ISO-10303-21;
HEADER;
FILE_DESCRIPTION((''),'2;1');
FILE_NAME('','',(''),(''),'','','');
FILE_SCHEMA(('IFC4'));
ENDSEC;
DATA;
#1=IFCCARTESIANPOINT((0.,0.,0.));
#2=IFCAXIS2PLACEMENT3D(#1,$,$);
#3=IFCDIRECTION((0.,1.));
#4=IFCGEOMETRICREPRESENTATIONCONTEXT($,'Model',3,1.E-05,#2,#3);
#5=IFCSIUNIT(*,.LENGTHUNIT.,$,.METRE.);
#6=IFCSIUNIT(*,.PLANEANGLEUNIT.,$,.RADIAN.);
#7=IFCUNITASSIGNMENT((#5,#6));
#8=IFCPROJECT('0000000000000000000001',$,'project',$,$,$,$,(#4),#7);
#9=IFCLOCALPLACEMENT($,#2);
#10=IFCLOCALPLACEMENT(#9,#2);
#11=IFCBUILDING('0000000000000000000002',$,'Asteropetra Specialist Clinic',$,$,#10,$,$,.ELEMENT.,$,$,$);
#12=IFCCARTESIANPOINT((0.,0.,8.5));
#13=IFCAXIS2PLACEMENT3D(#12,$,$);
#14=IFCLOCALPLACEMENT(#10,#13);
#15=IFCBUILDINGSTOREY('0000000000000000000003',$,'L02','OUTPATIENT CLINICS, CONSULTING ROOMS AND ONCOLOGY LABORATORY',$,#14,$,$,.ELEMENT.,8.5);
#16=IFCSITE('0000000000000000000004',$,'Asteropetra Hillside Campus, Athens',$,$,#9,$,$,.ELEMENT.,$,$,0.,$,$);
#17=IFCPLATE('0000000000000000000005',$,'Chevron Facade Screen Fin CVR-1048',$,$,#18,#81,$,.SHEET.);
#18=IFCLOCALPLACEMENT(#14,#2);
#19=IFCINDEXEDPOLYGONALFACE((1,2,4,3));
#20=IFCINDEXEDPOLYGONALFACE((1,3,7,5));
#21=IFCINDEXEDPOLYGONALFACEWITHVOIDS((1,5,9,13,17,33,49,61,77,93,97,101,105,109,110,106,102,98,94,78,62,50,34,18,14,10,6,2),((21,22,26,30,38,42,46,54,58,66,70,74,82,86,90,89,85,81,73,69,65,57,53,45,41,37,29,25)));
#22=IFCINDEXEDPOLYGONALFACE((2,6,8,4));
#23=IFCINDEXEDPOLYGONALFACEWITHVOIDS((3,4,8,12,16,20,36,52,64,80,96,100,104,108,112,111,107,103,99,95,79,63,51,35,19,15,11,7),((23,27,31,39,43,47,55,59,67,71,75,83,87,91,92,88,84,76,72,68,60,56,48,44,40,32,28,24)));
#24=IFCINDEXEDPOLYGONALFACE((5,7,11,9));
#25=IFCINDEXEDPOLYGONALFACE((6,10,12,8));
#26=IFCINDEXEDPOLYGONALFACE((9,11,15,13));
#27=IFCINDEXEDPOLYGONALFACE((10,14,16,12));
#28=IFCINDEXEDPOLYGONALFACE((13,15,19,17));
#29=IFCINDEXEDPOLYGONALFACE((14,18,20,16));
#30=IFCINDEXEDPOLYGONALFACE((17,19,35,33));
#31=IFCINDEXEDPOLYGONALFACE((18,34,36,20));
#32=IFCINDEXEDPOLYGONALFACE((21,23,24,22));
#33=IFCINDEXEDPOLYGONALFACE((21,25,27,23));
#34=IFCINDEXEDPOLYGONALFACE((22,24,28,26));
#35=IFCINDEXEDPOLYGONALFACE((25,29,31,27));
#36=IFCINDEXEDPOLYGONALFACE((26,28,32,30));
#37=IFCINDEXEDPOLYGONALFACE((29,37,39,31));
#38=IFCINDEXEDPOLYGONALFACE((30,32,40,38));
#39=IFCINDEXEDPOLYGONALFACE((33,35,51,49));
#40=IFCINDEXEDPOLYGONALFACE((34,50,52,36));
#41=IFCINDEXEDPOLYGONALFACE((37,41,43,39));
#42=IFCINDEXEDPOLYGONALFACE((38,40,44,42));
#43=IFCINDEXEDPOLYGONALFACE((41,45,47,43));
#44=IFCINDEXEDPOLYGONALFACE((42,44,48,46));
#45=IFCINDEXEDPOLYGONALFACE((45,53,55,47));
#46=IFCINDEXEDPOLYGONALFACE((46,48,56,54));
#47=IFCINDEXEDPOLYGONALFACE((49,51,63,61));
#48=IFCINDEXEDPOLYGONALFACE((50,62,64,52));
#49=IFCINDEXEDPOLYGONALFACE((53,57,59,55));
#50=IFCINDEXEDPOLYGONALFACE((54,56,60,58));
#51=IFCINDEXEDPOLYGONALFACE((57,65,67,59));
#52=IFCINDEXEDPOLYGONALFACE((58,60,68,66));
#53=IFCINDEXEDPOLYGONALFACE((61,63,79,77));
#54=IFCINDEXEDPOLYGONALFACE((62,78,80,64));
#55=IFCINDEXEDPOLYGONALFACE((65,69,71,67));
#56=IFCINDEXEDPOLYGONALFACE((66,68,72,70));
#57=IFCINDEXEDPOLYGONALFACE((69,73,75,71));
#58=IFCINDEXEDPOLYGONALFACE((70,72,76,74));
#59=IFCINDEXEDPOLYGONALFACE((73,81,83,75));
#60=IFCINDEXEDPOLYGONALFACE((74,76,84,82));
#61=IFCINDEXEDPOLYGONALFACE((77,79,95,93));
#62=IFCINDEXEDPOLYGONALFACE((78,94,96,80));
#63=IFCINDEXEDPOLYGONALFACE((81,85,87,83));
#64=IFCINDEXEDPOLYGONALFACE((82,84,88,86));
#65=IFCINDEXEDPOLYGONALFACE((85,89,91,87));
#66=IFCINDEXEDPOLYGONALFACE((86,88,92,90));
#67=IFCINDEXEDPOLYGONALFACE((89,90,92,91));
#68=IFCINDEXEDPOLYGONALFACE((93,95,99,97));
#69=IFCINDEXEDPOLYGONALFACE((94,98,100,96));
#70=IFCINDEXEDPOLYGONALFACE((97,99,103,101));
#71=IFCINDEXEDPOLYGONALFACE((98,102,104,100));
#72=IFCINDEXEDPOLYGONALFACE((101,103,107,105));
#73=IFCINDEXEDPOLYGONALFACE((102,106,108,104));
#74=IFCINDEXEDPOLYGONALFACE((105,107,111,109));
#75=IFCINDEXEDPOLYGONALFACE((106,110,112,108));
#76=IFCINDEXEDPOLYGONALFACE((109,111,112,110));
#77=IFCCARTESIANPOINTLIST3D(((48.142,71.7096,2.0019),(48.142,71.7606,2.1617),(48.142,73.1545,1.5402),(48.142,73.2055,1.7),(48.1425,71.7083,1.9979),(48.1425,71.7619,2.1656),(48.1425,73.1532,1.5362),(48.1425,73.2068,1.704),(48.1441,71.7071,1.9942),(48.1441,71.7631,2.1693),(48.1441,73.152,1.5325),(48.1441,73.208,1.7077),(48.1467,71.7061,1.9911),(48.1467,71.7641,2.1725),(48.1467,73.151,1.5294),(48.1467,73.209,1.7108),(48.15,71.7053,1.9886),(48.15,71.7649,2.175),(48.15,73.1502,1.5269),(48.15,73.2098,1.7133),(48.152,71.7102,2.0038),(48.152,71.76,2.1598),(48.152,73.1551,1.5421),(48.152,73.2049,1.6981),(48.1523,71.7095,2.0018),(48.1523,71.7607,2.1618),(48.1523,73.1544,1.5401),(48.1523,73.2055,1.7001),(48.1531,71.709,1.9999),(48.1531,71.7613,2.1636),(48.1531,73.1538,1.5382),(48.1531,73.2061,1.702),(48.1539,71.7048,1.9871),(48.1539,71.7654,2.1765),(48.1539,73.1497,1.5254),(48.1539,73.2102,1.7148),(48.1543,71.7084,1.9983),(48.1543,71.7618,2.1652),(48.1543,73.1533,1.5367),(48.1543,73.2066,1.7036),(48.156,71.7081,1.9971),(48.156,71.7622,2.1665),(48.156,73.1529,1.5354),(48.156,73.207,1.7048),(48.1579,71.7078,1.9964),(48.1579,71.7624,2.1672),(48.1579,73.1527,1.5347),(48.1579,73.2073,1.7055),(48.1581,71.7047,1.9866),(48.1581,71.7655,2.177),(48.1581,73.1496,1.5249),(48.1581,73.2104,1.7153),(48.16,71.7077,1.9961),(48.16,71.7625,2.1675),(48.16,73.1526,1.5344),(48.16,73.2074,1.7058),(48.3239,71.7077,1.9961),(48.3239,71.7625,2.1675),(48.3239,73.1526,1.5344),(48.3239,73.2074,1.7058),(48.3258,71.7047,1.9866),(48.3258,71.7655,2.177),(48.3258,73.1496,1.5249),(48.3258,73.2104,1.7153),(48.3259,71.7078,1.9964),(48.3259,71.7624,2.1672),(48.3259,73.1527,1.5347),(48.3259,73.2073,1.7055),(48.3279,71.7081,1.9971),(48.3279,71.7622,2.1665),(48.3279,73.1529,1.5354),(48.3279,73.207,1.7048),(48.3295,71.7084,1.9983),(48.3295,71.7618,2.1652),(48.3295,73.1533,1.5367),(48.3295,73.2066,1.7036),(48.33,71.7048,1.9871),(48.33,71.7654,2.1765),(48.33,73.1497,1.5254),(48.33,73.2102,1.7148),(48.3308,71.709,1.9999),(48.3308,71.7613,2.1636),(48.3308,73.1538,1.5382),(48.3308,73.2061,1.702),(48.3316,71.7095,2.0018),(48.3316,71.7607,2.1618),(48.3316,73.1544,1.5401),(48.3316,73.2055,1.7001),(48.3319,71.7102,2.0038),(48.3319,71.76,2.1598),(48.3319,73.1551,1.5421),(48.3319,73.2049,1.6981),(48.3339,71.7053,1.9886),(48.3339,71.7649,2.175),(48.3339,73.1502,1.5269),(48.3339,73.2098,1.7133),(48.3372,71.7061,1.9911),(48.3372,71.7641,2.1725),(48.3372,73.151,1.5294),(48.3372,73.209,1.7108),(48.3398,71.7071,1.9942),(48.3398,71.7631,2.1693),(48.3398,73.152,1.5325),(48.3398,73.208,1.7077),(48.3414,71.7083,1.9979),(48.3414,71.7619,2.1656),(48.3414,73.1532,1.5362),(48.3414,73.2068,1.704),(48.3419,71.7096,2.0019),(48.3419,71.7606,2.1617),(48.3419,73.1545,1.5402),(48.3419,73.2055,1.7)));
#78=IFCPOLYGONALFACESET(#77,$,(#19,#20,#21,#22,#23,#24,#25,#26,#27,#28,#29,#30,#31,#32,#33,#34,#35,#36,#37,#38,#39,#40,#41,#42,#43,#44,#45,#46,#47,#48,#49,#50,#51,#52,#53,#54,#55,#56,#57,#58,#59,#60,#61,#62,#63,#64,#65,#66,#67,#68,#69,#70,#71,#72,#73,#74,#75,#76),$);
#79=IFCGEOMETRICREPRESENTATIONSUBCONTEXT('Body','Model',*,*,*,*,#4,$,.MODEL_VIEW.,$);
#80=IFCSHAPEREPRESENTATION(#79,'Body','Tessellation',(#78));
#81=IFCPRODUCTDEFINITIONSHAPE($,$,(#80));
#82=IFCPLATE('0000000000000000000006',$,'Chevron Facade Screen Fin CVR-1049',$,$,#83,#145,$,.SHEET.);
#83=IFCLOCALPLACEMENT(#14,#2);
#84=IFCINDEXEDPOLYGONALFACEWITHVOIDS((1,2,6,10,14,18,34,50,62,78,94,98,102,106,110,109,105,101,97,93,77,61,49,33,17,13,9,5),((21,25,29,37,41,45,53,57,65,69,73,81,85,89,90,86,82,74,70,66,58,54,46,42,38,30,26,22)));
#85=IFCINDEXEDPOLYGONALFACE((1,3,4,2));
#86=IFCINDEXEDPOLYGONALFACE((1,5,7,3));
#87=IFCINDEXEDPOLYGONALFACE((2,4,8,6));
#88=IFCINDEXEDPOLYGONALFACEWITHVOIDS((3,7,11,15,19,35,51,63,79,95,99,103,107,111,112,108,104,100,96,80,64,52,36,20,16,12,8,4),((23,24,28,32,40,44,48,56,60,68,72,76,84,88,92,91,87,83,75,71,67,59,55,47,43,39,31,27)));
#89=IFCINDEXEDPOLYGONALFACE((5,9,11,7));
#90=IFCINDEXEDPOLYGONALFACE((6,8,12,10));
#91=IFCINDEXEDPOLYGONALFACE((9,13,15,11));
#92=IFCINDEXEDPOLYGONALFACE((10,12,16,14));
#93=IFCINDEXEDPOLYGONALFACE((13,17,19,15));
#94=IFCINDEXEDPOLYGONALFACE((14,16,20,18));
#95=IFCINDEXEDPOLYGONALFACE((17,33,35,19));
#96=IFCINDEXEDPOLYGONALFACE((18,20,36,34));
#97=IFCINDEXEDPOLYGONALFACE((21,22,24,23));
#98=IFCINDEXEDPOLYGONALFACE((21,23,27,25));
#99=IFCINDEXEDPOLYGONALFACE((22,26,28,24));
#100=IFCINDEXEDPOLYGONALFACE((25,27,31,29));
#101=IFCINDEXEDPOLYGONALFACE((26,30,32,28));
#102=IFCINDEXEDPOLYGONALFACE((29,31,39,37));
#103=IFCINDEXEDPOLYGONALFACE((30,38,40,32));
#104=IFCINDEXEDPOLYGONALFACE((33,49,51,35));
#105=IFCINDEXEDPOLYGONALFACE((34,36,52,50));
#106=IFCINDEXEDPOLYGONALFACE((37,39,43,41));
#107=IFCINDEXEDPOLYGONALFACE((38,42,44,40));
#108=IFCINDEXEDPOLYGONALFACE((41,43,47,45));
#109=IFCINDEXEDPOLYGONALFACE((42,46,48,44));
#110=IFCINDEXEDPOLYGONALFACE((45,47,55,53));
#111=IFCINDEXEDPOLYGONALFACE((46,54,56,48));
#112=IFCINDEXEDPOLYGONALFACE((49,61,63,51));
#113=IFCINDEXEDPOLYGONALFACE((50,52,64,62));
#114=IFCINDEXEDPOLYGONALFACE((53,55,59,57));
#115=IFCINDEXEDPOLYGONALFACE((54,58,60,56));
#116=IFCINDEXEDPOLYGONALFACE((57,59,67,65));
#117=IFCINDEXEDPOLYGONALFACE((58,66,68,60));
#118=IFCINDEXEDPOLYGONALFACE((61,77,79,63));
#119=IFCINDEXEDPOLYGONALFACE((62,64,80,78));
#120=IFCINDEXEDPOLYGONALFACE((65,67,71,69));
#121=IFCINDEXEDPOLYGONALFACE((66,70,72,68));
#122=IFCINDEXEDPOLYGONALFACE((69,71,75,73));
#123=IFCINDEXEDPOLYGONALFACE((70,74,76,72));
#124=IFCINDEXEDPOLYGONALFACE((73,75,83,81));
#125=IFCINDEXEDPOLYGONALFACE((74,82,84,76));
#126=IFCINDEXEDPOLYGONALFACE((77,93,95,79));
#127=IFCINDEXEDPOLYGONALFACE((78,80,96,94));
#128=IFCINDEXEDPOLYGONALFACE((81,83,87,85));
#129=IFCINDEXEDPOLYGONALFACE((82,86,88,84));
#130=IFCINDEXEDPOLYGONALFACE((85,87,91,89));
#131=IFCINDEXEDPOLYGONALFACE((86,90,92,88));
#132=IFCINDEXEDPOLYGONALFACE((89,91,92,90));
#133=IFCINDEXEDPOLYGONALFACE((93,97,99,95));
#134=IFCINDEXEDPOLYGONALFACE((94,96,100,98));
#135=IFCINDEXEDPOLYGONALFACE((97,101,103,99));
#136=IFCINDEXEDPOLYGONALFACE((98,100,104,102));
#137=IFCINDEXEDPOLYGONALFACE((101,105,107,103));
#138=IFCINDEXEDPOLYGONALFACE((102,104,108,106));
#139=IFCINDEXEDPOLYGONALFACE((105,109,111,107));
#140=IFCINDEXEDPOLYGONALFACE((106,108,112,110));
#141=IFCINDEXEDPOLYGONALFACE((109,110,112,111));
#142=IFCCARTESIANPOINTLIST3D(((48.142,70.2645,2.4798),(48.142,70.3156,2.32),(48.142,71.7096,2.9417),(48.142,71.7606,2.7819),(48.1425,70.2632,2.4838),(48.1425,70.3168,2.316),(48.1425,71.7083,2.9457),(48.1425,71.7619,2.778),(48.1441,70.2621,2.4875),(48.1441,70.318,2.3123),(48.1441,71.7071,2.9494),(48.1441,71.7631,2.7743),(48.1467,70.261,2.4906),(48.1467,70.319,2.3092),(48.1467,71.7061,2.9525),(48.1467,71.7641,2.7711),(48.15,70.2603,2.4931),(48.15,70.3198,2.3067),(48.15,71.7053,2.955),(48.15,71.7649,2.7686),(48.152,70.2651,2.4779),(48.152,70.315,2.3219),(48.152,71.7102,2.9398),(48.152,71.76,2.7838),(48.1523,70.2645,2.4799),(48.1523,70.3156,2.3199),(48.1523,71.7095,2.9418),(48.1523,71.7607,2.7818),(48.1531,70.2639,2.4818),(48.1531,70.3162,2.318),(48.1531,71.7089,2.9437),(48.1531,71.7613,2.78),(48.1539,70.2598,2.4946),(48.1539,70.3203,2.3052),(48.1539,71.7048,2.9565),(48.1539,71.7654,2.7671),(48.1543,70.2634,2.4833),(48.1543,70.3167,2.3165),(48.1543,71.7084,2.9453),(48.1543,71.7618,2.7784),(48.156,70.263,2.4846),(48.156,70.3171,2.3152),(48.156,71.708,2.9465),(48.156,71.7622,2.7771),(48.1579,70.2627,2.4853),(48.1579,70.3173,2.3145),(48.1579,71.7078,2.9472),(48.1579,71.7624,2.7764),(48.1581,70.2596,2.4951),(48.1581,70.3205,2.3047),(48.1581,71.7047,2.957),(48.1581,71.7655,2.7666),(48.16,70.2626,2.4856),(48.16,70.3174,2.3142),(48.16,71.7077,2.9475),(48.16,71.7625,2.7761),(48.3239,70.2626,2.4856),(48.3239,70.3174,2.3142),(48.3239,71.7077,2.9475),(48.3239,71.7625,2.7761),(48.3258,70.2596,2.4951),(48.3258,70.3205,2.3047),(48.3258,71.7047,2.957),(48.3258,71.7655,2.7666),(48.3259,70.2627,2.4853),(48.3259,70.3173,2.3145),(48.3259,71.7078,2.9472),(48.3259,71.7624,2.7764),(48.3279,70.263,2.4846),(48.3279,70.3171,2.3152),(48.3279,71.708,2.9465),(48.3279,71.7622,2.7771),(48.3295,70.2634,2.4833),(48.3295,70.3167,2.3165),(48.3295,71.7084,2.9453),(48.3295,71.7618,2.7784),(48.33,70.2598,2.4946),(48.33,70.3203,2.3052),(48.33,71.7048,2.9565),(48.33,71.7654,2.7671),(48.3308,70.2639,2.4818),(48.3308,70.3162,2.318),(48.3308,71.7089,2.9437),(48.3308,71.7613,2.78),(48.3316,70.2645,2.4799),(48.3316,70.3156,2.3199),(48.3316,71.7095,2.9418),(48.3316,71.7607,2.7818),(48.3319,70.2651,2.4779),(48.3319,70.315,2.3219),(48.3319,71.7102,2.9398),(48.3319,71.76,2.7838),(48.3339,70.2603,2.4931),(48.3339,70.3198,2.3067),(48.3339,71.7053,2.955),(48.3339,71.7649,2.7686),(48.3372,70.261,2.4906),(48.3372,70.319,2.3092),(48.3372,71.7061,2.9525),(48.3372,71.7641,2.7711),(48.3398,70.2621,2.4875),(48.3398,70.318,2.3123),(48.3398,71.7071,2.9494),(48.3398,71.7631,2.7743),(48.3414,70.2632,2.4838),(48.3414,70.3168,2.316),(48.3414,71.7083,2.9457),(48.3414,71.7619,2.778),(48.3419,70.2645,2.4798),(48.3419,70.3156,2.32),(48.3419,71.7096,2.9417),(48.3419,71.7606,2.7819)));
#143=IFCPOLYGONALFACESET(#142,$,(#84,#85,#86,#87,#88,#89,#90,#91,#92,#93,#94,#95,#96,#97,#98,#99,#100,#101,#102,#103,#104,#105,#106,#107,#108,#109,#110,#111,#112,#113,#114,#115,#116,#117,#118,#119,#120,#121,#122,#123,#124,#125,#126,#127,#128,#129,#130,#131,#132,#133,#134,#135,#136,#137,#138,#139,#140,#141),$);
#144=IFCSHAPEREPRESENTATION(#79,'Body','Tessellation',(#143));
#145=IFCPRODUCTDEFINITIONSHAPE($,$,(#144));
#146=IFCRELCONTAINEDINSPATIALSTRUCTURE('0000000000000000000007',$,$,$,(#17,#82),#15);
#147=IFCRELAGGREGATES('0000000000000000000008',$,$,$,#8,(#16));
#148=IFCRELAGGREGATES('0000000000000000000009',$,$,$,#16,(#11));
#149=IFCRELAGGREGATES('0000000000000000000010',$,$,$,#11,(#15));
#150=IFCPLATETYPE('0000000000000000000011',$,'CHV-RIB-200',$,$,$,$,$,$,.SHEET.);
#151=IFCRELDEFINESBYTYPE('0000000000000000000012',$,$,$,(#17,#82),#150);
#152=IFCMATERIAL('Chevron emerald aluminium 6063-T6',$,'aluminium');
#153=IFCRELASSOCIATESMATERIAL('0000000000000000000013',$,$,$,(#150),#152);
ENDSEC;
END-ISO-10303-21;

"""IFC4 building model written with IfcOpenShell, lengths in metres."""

from ifc_helpers import new_model, si_unit, direction, frame, origin, origin_2d, place, context, subcontext, project, spatial, hollow_rectangle, extrude, material, material_profile, profile_set, type_object, element, save


model = new_model("IFC4")

# Units and contexts
model_context = context("Model", 3, precision=1e-05, world=origin(), true_north=direction((0.0, 1.0)))
body_context = subcontext(model_context, "Body", "Model", "MODEL_VIEW")
ifc_project = project(units=[si_unit("LENGTHUNIT", "METRE"), si_unit("PLANEANGLEUNIT", "RADIAN")], contexts=[model_context])

# Site, building, storey
site_placement = place(None, origin())
site = spatial("IfcSite", under=ifc_project, at=site_placement, Name="Asteropetra Hillside Campus, Athens", CompositionType="ELEMENT", RefElevation=0.0)
building_placement = place(site_placement, origin())
building = spatial("IfcBuilding", under=site, at=building_placement, Name="Asteropetra Specialist Clinic", CompositionType="ELEMENT")
storey_placement = place(building_placement, frame((0.0, 0.0, 8.5)))
storey = spatial("IfcBuildingStorey", under=building, at=storey_placement, Name="L02", Description="OUTPATIENT CLINICS, CONSULTING ROOMS AND ONCOLOGY LABORATORY", CompositionType="ELEMENT", Elevation=8.5)

# Plates
ifc_material_1 = material(Name="Chevron emerald aluminium 6063-T6", Category="aluminium")
ifc_material_profile_1 = material_profile(ifc_material_1, hollow_rectangle(XDim=0.2, YDim=0.2, WallThickness=0.01, InnerFilletRadius=0.0081, OuterFilletRadius=0.0161, at=origin_2d()), Name="SHS 200x200x10.0")
ifc_profile_set_1 = profile_set([ifc_material_profile_1], Name="Chevron emerald aluminium 6063-T6")
plate_type_1 = type_object("IfcPlateType", Name="CHV-RIB-200", PredefinedType="SHEET", material=ifc_profile_set_1)
plate_1_placement = place(storey_placement, frame((48.2419, 71.7351, 2.0818), z_axis=(0.0, 0.952553, -0.304373), x_axis=(-1.0, 0.0, 0.0)))
element("IfcPlate", 1, at=plate_1_placement, inside=storey, type_object=plate_type_1, Name="Chevron Facade Screen Fin CVR-1048", PredefinedType="SHEET", context=body_context, shape_type="SweptSolid", body=[
    extrude(hollow_rectangle(XDim=0.2, YDim=0.2, WallThickness=0.01, InnerFilletRadius=0.0081, OuterFilletRadius=0.0161, at=origin_2d()), origin(), (0.0, 0.0, 1.0), 1.5168),
])
plate_2_placement = place(storey_placement, frame((48.2419, 70.29, 2.3999), z_axis=(0.0, 0.952521, 0.304472), x_axis=(-1.0, 0.0, 0.0)))
element("IfcPlate", 2, at=plate_2_placement, inside=storey, type_object=plate_type_1, Name="Chevron Facade Screen Fin CVR-1049", PredefinedType="SHEET", context=body_context, shape_type="SweptSolid", body=[
    extrude(hollow_rectangle(XDim=0.2, YDim=0.2, WallThickness=0.01, InnerFilletRadius=0.0081, OuterFilletRadius=0.0161, at=origin_2d()), origin(), (0.0, 0.0, 1.0), 1.5171),
])

save(model, "model.ifc")
